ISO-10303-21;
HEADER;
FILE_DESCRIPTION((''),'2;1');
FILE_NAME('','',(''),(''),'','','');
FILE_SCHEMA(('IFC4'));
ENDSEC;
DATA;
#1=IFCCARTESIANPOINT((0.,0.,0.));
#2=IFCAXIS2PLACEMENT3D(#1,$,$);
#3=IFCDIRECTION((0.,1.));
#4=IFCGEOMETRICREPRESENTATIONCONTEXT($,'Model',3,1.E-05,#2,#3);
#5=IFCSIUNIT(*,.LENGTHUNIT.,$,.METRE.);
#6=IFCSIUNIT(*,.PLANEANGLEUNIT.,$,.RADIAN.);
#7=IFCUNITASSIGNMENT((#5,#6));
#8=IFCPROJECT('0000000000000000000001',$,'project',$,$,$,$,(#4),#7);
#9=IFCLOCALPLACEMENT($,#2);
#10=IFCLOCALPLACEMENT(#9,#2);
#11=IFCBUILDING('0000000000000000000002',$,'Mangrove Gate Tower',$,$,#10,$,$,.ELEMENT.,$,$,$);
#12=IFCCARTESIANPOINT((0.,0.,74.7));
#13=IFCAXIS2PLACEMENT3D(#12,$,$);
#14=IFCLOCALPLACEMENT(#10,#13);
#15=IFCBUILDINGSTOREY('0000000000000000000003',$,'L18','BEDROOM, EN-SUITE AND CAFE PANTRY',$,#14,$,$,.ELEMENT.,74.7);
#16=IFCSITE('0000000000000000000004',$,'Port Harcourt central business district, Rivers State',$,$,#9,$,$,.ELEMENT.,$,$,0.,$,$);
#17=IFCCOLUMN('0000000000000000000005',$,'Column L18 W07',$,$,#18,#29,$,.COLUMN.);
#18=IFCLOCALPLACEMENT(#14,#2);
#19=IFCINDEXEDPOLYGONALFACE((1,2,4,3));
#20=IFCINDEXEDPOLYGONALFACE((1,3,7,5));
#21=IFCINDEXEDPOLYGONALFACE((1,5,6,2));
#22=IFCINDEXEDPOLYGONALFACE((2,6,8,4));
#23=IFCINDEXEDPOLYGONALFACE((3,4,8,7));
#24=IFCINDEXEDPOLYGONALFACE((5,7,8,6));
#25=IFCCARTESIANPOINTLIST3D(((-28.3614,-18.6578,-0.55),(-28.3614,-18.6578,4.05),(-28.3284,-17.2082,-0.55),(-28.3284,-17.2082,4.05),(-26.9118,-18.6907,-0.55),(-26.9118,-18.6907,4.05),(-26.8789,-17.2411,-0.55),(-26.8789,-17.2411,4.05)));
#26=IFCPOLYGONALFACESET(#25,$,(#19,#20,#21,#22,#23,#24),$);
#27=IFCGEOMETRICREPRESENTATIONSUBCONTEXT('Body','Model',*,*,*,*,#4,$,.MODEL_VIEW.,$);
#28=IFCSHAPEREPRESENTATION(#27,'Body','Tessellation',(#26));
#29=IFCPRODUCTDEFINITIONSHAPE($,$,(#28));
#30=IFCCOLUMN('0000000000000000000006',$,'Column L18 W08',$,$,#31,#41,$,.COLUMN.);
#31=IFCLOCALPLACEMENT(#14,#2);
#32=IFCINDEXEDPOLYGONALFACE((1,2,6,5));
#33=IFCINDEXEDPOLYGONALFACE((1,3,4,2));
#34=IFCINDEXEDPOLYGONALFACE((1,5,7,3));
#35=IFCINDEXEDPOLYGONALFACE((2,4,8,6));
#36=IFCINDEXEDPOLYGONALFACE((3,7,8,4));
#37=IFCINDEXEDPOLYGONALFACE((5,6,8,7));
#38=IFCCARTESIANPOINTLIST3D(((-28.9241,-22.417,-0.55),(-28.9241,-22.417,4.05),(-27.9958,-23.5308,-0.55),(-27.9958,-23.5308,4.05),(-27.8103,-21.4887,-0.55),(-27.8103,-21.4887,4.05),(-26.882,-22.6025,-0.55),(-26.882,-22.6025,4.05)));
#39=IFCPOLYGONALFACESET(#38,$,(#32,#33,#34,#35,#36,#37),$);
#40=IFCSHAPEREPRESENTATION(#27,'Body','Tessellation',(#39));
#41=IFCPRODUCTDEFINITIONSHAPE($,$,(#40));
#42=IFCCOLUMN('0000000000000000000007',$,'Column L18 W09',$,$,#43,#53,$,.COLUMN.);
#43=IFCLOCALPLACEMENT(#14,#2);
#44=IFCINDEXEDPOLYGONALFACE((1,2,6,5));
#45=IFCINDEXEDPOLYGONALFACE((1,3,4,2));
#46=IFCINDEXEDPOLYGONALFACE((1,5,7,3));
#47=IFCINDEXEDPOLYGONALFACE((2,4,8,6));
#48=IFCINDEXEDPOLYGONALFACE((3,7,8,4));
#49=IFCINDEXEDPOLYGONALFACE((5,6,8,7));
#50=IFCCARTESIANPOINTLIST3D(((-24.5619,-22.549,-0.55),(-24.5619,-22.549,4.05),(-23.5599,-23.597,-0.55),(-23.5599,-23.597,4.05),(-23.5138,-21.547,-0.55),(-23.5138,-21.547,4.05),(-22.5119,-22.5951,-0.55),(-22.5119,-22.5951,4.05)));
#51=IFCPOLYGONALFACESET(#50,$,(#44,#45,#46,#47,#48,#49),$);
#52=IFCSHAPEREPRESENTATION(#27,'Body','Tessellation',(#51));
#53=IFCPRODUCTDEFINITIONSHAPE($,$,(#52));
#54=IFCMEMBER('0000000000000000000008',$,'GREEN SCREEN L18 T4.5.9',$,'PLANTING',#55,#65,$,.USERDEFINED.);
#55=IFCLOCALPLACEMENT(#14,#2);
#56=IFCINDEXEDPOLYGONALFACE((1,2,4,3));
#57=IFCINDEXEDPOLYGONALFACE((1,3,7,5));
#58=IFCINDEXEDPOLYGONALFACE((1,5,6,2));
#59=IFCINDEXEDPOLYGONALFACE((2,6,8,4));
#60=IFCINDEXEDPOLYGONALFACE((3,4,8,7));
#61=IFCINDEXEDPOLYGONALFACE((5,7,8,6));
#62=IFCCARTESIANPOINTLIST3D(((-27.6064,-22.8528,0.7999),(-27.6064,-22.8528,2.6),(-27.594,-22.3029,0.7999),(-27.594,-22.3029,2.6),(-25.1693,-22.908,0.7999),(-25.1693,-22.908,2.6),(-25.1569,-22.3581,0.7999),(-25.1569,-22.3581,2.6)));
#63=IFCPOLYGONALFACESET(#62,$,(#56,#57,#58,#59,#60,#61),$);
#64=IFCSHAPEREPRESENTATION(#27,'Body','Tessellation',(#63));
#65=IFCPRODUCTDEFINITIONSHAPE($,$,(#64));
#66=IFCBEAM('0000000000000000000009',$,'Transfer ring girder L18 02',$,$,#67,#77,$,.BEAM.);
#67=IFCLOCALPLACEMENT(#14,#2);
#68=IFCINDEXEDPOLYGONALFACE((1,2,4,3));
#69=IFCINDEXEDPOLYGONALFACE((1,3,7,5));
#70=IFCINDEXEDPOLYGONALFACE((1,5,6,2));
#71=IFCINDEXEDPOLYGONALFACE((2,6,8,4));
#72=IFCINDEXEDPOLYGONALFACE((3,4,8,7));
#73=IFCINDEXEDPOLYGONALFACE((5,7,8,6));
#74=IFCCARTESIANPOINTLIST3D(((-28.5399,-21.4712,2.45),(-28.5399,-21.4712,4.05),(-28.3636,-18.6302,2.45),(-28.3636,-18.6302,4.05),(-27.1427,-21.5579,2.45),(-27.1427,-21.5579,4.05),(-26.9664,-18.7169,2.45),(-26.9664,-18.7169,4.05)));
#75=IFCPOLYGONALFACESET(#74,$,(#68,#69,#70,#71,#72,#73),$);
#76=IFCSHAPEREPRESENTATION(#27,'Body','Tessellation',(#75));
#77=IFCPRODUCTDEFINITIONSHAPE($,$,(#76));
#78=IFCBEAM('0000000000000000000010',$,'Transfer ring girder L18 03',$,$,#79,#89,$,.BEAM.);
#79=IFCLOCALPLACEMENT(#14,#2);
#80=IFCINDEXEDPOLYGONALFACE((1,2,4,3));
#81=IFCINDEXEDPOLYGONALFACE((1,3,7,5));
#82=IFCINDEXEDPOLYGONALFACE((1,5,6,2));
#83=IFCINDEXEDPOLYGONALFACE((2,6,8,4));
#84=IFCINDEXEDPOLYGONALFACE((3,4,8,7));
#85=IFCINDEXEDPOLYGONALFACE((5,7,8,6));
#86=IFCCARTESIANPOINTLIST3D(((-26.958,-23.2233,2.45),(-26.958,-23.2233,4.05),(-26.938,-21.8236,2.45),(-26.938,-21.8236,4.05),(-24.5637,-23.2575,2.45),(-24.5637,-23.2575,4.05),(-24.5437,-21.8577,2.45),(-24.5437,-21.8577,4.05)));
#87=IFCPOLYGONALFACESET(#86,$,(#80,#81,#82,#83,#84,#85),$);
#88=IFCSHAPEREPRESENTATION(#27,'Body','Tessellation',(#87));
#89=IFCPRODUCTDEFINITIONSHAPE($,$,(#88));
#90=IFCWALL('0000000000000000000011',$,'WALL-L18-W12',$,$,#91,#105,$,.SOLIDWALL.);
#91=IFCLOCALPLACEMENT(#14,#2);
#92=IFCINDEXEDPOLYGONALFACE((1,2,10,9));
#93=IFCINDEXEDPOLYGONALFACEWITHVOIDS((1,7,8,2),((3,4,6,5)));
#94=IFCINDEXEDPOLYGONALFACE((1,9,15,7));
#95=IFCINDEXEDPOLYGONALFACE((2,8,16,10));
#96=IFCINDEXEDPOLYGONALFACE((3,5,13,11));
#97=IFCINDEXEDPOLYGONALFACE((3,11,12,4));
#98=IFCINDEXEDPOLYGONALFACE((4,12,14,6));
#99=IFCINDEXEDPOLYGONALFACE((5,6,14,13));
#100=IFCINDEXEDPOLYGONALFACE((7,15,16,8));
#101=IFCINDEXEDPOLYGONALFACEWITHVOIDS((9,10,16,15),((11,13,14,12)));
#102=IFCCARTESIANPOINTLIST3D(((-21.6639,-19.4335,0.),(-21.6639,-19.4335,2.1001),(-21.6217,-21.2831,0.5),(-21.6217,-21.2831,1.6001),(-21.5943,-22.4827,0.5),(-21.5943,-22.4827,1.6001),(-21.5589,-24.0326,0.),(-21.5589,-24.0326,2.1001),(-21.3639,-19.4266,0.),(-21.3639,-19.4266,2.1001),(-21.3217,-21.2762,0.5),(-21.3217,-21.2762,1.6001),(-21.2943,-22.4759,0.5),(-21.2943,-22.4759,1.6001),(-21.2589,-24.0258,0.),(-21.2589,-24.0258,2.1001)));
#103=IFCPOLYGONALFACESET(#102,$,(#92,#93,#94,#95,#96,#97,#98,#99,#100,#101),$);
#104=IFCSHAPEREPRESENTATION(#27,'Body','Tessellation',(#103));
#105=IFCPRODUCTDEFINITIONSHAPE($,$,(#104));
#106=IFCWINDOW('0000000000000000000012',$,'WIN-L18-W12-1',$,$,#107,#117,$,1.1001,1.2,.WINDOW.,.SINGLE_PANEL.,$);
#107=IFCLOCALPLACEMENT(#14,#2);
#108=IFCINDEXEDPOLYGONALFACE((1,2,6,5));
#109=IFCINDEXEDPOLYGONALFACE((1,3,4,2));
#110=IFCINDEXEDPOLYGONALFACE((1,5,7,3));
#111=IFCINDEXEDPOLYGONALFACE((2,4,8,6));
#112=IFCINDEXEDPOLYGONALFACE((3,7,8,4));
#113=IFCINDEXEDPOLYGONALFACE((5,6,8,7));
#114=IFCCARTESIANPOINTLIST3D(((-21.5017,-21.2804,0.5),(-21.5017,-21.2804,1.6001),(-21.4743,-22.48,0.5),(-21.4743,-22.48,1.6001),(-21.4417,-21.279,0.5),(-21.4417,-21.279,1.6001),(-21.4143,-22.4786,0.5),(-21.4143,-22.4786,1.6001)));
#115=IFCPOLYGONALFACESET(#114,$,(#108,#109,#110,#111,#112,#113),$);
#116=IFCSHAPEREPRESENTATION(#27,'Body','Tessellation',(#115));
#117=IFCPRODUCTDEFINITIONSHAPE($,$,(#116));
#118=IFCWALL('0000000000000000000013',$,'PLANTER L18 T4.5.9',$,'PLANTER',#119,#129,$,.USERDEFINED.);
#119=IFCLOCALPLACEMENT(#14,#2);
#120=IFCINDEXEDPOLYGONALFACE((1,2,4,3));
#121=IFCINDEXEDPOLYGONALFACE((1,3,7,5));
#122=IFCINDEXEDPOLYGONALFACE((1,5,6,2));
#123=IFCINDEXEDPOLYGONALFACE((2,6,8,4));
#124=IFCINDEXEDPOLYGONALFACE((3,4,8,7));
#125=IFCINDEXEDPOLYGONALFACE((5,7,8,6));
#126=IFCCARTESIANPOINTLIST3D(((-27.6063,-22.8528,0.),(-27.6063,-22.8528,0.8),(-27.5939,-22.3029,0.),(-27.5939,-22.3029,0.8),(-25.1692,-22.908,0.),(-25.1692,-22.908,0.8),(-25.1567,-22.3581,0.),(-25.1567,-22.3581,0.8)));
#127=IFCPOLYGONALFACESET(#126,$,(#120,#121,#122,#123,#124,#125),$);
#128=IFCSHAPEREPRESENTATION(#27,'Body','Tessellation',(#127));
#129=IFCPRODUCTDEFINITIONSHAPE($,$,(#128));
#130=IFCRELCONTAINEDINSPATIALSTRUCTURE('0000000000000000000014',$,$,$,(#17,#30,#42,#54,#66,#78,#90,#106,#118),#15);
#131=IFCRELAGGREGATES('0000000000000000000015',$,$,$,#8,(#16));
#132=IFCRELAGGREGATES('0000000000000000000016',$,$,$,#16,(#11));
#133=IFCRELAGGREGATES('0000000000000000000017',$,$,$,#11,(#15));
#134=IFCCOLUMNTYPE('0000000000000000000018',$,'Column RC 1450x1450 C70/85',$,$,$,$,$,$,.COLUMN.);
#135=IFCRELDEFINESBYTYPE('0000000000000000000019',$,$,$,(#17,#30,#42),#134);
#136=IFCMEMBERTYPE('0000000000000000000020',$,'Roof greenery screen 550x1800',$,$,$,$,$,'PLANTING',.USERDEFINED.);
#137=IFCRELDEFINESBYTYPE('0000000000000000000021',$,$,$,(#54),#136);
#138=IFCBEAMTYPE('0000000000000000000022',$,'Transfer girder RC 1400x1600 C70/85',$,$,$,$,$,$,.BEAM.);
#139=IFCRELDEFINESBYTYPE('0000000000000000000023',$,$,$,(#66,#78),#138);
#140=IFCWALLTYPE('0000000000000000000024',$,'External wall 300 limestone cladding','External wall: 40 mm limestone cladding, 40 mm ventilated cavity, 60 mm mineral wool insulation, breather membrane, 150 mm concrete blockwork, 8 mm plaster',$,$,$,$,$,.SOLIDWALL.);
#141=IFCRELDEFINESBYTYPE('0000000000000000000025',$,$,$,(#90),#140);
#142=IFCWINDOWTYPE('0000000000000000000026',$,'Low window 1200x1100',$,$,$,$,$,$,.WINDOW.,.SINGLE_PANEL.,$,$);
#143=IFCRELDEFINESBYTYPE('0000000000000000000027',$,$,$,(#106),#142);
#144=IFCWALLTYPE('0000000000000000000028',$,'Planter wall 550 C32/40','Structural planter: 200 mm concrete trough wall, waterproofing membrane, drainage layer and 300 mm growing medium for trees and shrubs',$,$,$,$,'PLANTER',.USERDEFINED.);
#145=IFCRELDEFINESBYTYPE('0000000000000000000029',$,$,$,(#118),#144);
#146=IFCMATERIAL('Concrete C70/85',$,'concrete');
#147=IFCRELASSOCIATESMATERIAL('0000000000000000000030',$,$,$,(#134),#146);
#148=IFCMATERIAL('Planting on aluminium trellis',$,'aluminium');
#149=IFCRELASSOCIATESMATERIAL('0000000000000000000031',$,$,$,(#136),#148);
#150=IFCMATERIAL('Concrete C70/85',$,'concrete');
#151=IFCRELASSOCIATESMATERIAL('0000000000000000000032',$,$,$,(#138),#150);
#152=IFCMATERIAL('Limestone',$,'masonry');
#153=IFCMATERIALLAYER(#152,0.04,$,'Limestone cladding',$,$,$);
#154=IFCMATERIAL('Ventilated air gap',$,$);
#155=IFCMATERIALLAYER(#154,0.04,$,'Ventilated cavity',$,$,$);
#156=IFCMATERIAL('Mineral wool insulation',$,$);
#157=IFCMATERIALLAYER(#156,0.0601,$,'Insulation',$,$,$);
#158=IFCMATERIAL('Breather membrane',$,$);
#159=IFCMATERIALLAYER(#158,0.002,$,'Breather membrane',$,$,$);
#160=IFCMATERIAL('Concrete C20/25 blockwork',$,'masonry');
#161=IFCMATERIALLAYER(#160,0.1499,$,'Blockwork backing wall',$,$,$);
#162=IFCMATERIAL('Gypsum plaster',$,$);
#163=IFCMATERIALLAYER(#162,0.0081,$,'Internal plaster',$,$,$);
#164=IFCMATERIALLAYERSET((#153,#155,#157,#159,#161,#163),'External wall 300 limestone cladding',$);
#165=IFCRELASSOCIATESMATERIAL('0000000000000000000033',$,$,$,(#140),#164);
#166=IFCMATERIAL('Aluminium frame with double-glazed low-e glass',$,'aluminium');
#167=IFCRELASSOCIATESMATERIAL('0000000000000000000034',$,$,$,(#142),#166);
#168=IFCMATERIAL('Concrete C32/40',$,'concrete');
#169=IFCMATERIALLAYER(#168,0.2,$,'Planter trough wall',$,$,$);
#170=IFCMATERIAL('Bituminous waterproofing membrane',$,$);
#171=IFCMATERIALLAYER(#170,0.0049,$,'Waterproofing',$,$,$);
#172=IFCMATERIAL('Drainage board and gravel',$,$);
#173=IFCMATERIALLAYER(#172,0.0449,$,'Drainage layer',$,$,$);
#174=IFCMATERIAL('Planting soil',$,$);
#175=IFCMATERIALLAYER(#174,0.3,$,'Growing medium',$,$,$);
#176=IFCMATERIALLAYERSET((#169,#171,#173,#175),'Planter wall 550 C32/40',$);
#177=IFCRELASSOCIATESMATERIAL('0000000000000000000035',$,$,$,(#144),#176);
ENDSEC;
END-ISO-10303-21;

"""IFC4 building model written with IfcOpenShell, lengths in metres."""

from ifc_helpers import new_model, si_unit, direction, frame, frame_2d, origin, origin_2d, place, context, subcontext, project, spatial, rectangle, extrude, material, layer, layer_set, material_profile, profile_set, type_object, element, fill, save


model = new_model("IFC4")

# Units and contexts
model_context = context("Model", 3, precision=1e-05, world=origin(), true_north=direction((0.0, 1.0)))
body_context = subcontext(model_context, "Body", "Model", "MODEL_VIEW")
ifc_project = project(units=[si_unit("LENGTHUNIT", "METRE"), si_unit("PLANEANGLEUNIT", "RADIAN")], contexts=[model_context])

# Site, building, storey
site_placement = place(None, origin())
site = spatial("IfcSite", under=ifc_project, at=site_placement, Name="Port Harcourt central business district, Rivers State", CompositionType="ELEMENT", RefElevation=0.0)
building_placement = place(site_placement, origin())
building = spatial("IfcBuilding", under=site, at=building_placement, Name="Mangrove Gate Tower", CompositionType="ELEMENT")
storey_placement = place(building_placement, frame((0.0, 0.0, 74.7)))
storey = spatial("IfcBuildingStorey", under=building, at=storey_placement, Name="L18", Description="BEDROOM, EN-SUITE AND CAFE PANTRY", CompositionType="ELEMENT", Elevation=74.7)

# Columns
ifc_material_1 = material(Name="Concrete C70/85", Category="concrete")
ifc_material_profile_1 = material_profile(ifc_material_1, rectangle(XDim=1.45, YDim=1.45, at=origin_2d()))
ifc_profile_set_1 = profile_set([ifc_material_profile_1], Name="Concrete C70/85")
column_type = type_object("IfcColumnType", Name="Column RC 1450x1450 C70/85", PredefinedType="COLUMN", material=ifc_profile_set_1)
for number, where, z_axis, x_axis, name in (
    (1, (-27.6201, -17.9495, -0.55), (0.0, 0.0, 1.0), (-0.02271, -0.999742, 0.0), "Column L18 W07"),
    (2, (-27.9031, -22.5098, -0.55), (0.0, 0.0, 1.0), (0.640243, -0.768172, 0.0), "Column L18 W08"),
    (3, (-23.5369, -22.572, -0.55), (0.0, 0.0, 1.0), (0.691018, -0.722837, 0.0), "Column L18 W09"),
):
    element("IfcColumn", number, at=place(storey_placement, frame(where, z_axis=z_axis, x_axis=x_axis)), inside=storey, type_object=column_type, Name=name, PredefinedType="COLUMN", context=body_context, shape_type="SweptSolid", body=[
        extrude(rectangle(XDim=1.45, YDim=1.45, at=origin_2d()), origin(), (0.0, 0.0, 1.0), 4.6001),
    ])

# Member
ifc_material_2 = material(Name="Planting on aluminium trellis", Category="aluminium")
ifc_material_profile_2 = material_profile(ifc_material_2, rectangle(XDim=0.55, YDim=1.8, at=origin_2d()))
ifc_profile_set_2 = profile_set([ifc_material_profile_2], Name="Planting on aluminium trellis")
member_type = type_object("IfcMemberType", Name="Roof greenery screen 550x1800", ElementType="PLANTING", PredefinedType="USERDEFINED", material=ifc_profile_set_2)
member_placement = place(storey_placement, frame((-25.1631, -22.6331, 1.7), z_axis=(-0.999744, 0.022635, 0.0), x_axis=(-0.022635, -0.999744, 0.0)))
element("IfcMember", 4, at=member_placement, inside=storey, type_object=member_type, Name="GREEN SCREEN L18 T4.5.9", ObjectType="PLANTING", PredefinedType="USERDEFINED", context=body_context, shape_type="SweptSolid", body=[
    extrude(rectangle(XDim=0.55, YDim=1.8, at=origin_2d()), origin(), (0.0, 0.0, 1.0), 2.4377),
])

# Beams
ifc_material_3 = material(Name="Concrete C70/85", Category="concrete")
ifc_material_profile_3 = material_profile(ifc_material_3, rectangle(XDim=1.3999, YDim=1.6001, at=origin_2d()))
ifc_profile_set_3 = profile_set([ifc_material_profile_3], Name="Concrete C70/85")
beam_type = type_object("IfcBeamType", Name="Transfer girder RC 1400x1600 C70/85", PredefinedType="BEAM", material=ifc_profile_set_3)
beam_1_placement = place(storey_placement, frame((-27.665, -18.6736, 3.25), z_axis=(-0.061924, -0.998081, 0.0), x_axis=(0.998081, -0.061924, 0.0)))
element("IfcBeam", 5, at=beam_1_placement, inside=storey, type_object=beam_type, Name="Transfer ring girder L18 02", PredefinedType="BEAM", context=body_context, shape_type="SweptSolid", body=[
    extrude(rectangle(XDim=1.3999, YDim=1.6001, at=origin_2d()), origin(), (0.0, 0.0, 1.0), 2.8464),
])
beam_2_placement = place(storey_placement, frame((-26.948, -22.5234, 3.25), z_axis=(0.999898, -0.014274, 0.0), x_axis=(0.014274, 0.999898, 0.0)))
element("IfcBeam", 6, at=beam_2_placement, inside=storey, type_object=beam_type, Name="Transfer ring girder L18 03", PredefinedType="BEAM", context=body_context, shape_type="SweptSolid", body=[
    extrude(rectangle(XDim=1.3999, YDim=1.6001, at=origin_2d()), origin(), (0.0, 0.0, 1.0), 2.3945),
])

# Shared definitions
ifc_material_4 = material(Name="Limestone", Category="masonry")
ifc_layer_1 = layer(ifc_material_4, 0.04, Name="Limestone cladding")
ifc_material_5 = material(Name="Ventilated air gap")
ifc_layer_2 = layer(ifc_material_5, 0.04, Name="Ventilated cavity")
ifc_material_6 = material(Name="Mineral wool insulation")
ifc_layer_3 = layer(ifc_material_6, 0.0601, Name="Insulation")
ifc_material_7 = material(Name="Breather membrane")
ifc_layer_4 = layer(ifc_material_7, 0.002, Name="Breather membrane")
ifc_material_8 = material(Name="Concrete C20/25 blockwork", Category="masonry")
ifc_layer_5 = layer(ifc_material_8, 0.1499, Name="Blockwork backing wall")
ifc_material_9 = material(Name="Gypsum plaster")
ifc_layer_6 = layer(ifc_material_9, 0.0081, Name="Internal plaster")
ifc_layer_set_1 = layer_set([ifc_layer_1, ifc_layer_2, ifc_layer_3, ifc_layer_4, ifc_layer_5, ifc_layer_6], Name="External wall 300 limestone cladding")
wall_type_1 = type_object("IfcWallType", Name="External wall 300 limestone cladding", Description="External wall: 40 mm limestone cladding, 40 mm ventilated cavity, 60 mm mineral wool insulation, breather membrane, 150 mm concrete blockwork, 8 mm plaster", PredefinedType="SOLIDWALL", material=ifc_layer_set_1)

# Wall, opening, window
wall_1_placement = place(storey_placement, frame((-21.5139, -19.4299, 0.0), z_axis=(0.0, 0.0, 1.0), x_axis=(0.02282, -0.99974, 0.0)))
wall_1 = element("IfcWall", 7, at=wall_1_placement, inside=storey, type_object=wall_type_1, Name="WALL-L18-W12", PredefinedType="SOLIDWALL", context=body_context, shape_type="SweptSolid", body=[
    extrude(rectangle(XDim=4.6003, YDim=0.3, at=frame_2d((2.3003, 0.0))), origin(), (0.0, 0.0, 1.0), 2.1001),
])
opening_1_placement = place(wall_1_placement, frame((1.8501, 0.0, 0.5)))
opening_1 = element("IfcOpeningElement", 8, at=opening_1_placement, cuts=wall_1, PredefinedType="OPENING", context=body_context, shape_type="SweptSolid", body=[
    extrude(rectangle(XDim=1.2, YDim=1.1001, at=frame_2d((0.6001, 0.55))), frame((0.0, 0.1599, 0.0), z_axis=(0.0, -1.0, 0.0), x_axis=(1.0, 0.0, 0.0)), (0.0, 0.0, 1.0), 0.3201),
])
ifc_material_10 = material(Name="Aluminium frame with double-glazed low-e glass", Category="aluminium")
window_type = type_object("IfcWindowType", Name="Low window 1200x1100", PartitioningType="SINGLE_PANEL", PredefinedType="WINDOW", material=ifc_material_10)
window_placement = place(opening_1_placement, origin())
window = element("IfcWindow", 9, at=window_placement, inside=storey, type_object=window_type, Name="WIN-L18-W12-1", OverallHeight=1.1001, OverallWidth=1.2, PartitioningType="SINGLE_PANEL", PredefinedType="WINDOW", context=body_context, shape_type="SweptSolid", body=[
    extrude(rectangle(XDim=1.2, YDim=1.1001, at=frame_2d((0.6001, 0.55))), frame((0.0, 0.03, 0.0), z_axis=(0.0, -1.0, 0.0), x_axis=(1.0, 0.0, 0.0)), (0.0, 0.0, 1.0), 0.0601),
])
fill(opening_1, window)

# Wall
ifc_material_11 = material(Name="Concrete C32/40", Category="concrete")
ifc_layer_7 = layer(ifc_material_11, 0.2, Name="Planter trough wall")
ifc_material_12 = material(Name="Bituminous waterproofing membrane")
ifc_layer_8 = layer(ifc_material_12, 0.0049, Name="Waterproofing")
ifc_material_13 = material(Name="Drainage board and gravel")
ifc_layer_9 = layer(ifc_material_13, 0.0449, Name="Drainage layer")
ifc_material_14 = material(Name="Planting soil")
ifc_layer_10 = layer(ifc_material_14, 0.3, Name="Growing medium")
ifc_layer_set_2 = layer_set([ifc_layer_7, ifc_layer_8, ifc_layer_9, ifc_layer_10], Name="Planter wall 550 C32/40")
wall_type_2 = type_object("IfcWallType", Name="Planter wall 550 C32/40", Description="Structural planter: 200 mm concrete trough wall, waterproofing membrane, drainage layer and 300 mm growing medium for trees and shrubs", ElementType="PLANTER", PredefinedType="USERDEFINED", material=ifc_layer_set_2)
wall_2_placement = place(storey_placement, frame((-25.1631, -22.6331, 0.0), z_axis=(0.0, 0.0, 1.0), x_axis=(-0.999744, 0.022635, 0.0)))
element("IfcWall", 10, at=wall_2_placement, inside=storey, type_object=wall_type_2, Name="PLANTER L18 T4.5.9", ObjectType="PLANTER", PredefinedType="USERDEFINED", context=body_context, shape_type="SweptSolid", body=[
    extrude(rectangle(XDim=2.4377, YDim=0.55, at=frame_2d((1.2188, 0.0))), origin(), (0.0, 0.0, 1.0), 0.8),
])

save(model, "model.ifc")
